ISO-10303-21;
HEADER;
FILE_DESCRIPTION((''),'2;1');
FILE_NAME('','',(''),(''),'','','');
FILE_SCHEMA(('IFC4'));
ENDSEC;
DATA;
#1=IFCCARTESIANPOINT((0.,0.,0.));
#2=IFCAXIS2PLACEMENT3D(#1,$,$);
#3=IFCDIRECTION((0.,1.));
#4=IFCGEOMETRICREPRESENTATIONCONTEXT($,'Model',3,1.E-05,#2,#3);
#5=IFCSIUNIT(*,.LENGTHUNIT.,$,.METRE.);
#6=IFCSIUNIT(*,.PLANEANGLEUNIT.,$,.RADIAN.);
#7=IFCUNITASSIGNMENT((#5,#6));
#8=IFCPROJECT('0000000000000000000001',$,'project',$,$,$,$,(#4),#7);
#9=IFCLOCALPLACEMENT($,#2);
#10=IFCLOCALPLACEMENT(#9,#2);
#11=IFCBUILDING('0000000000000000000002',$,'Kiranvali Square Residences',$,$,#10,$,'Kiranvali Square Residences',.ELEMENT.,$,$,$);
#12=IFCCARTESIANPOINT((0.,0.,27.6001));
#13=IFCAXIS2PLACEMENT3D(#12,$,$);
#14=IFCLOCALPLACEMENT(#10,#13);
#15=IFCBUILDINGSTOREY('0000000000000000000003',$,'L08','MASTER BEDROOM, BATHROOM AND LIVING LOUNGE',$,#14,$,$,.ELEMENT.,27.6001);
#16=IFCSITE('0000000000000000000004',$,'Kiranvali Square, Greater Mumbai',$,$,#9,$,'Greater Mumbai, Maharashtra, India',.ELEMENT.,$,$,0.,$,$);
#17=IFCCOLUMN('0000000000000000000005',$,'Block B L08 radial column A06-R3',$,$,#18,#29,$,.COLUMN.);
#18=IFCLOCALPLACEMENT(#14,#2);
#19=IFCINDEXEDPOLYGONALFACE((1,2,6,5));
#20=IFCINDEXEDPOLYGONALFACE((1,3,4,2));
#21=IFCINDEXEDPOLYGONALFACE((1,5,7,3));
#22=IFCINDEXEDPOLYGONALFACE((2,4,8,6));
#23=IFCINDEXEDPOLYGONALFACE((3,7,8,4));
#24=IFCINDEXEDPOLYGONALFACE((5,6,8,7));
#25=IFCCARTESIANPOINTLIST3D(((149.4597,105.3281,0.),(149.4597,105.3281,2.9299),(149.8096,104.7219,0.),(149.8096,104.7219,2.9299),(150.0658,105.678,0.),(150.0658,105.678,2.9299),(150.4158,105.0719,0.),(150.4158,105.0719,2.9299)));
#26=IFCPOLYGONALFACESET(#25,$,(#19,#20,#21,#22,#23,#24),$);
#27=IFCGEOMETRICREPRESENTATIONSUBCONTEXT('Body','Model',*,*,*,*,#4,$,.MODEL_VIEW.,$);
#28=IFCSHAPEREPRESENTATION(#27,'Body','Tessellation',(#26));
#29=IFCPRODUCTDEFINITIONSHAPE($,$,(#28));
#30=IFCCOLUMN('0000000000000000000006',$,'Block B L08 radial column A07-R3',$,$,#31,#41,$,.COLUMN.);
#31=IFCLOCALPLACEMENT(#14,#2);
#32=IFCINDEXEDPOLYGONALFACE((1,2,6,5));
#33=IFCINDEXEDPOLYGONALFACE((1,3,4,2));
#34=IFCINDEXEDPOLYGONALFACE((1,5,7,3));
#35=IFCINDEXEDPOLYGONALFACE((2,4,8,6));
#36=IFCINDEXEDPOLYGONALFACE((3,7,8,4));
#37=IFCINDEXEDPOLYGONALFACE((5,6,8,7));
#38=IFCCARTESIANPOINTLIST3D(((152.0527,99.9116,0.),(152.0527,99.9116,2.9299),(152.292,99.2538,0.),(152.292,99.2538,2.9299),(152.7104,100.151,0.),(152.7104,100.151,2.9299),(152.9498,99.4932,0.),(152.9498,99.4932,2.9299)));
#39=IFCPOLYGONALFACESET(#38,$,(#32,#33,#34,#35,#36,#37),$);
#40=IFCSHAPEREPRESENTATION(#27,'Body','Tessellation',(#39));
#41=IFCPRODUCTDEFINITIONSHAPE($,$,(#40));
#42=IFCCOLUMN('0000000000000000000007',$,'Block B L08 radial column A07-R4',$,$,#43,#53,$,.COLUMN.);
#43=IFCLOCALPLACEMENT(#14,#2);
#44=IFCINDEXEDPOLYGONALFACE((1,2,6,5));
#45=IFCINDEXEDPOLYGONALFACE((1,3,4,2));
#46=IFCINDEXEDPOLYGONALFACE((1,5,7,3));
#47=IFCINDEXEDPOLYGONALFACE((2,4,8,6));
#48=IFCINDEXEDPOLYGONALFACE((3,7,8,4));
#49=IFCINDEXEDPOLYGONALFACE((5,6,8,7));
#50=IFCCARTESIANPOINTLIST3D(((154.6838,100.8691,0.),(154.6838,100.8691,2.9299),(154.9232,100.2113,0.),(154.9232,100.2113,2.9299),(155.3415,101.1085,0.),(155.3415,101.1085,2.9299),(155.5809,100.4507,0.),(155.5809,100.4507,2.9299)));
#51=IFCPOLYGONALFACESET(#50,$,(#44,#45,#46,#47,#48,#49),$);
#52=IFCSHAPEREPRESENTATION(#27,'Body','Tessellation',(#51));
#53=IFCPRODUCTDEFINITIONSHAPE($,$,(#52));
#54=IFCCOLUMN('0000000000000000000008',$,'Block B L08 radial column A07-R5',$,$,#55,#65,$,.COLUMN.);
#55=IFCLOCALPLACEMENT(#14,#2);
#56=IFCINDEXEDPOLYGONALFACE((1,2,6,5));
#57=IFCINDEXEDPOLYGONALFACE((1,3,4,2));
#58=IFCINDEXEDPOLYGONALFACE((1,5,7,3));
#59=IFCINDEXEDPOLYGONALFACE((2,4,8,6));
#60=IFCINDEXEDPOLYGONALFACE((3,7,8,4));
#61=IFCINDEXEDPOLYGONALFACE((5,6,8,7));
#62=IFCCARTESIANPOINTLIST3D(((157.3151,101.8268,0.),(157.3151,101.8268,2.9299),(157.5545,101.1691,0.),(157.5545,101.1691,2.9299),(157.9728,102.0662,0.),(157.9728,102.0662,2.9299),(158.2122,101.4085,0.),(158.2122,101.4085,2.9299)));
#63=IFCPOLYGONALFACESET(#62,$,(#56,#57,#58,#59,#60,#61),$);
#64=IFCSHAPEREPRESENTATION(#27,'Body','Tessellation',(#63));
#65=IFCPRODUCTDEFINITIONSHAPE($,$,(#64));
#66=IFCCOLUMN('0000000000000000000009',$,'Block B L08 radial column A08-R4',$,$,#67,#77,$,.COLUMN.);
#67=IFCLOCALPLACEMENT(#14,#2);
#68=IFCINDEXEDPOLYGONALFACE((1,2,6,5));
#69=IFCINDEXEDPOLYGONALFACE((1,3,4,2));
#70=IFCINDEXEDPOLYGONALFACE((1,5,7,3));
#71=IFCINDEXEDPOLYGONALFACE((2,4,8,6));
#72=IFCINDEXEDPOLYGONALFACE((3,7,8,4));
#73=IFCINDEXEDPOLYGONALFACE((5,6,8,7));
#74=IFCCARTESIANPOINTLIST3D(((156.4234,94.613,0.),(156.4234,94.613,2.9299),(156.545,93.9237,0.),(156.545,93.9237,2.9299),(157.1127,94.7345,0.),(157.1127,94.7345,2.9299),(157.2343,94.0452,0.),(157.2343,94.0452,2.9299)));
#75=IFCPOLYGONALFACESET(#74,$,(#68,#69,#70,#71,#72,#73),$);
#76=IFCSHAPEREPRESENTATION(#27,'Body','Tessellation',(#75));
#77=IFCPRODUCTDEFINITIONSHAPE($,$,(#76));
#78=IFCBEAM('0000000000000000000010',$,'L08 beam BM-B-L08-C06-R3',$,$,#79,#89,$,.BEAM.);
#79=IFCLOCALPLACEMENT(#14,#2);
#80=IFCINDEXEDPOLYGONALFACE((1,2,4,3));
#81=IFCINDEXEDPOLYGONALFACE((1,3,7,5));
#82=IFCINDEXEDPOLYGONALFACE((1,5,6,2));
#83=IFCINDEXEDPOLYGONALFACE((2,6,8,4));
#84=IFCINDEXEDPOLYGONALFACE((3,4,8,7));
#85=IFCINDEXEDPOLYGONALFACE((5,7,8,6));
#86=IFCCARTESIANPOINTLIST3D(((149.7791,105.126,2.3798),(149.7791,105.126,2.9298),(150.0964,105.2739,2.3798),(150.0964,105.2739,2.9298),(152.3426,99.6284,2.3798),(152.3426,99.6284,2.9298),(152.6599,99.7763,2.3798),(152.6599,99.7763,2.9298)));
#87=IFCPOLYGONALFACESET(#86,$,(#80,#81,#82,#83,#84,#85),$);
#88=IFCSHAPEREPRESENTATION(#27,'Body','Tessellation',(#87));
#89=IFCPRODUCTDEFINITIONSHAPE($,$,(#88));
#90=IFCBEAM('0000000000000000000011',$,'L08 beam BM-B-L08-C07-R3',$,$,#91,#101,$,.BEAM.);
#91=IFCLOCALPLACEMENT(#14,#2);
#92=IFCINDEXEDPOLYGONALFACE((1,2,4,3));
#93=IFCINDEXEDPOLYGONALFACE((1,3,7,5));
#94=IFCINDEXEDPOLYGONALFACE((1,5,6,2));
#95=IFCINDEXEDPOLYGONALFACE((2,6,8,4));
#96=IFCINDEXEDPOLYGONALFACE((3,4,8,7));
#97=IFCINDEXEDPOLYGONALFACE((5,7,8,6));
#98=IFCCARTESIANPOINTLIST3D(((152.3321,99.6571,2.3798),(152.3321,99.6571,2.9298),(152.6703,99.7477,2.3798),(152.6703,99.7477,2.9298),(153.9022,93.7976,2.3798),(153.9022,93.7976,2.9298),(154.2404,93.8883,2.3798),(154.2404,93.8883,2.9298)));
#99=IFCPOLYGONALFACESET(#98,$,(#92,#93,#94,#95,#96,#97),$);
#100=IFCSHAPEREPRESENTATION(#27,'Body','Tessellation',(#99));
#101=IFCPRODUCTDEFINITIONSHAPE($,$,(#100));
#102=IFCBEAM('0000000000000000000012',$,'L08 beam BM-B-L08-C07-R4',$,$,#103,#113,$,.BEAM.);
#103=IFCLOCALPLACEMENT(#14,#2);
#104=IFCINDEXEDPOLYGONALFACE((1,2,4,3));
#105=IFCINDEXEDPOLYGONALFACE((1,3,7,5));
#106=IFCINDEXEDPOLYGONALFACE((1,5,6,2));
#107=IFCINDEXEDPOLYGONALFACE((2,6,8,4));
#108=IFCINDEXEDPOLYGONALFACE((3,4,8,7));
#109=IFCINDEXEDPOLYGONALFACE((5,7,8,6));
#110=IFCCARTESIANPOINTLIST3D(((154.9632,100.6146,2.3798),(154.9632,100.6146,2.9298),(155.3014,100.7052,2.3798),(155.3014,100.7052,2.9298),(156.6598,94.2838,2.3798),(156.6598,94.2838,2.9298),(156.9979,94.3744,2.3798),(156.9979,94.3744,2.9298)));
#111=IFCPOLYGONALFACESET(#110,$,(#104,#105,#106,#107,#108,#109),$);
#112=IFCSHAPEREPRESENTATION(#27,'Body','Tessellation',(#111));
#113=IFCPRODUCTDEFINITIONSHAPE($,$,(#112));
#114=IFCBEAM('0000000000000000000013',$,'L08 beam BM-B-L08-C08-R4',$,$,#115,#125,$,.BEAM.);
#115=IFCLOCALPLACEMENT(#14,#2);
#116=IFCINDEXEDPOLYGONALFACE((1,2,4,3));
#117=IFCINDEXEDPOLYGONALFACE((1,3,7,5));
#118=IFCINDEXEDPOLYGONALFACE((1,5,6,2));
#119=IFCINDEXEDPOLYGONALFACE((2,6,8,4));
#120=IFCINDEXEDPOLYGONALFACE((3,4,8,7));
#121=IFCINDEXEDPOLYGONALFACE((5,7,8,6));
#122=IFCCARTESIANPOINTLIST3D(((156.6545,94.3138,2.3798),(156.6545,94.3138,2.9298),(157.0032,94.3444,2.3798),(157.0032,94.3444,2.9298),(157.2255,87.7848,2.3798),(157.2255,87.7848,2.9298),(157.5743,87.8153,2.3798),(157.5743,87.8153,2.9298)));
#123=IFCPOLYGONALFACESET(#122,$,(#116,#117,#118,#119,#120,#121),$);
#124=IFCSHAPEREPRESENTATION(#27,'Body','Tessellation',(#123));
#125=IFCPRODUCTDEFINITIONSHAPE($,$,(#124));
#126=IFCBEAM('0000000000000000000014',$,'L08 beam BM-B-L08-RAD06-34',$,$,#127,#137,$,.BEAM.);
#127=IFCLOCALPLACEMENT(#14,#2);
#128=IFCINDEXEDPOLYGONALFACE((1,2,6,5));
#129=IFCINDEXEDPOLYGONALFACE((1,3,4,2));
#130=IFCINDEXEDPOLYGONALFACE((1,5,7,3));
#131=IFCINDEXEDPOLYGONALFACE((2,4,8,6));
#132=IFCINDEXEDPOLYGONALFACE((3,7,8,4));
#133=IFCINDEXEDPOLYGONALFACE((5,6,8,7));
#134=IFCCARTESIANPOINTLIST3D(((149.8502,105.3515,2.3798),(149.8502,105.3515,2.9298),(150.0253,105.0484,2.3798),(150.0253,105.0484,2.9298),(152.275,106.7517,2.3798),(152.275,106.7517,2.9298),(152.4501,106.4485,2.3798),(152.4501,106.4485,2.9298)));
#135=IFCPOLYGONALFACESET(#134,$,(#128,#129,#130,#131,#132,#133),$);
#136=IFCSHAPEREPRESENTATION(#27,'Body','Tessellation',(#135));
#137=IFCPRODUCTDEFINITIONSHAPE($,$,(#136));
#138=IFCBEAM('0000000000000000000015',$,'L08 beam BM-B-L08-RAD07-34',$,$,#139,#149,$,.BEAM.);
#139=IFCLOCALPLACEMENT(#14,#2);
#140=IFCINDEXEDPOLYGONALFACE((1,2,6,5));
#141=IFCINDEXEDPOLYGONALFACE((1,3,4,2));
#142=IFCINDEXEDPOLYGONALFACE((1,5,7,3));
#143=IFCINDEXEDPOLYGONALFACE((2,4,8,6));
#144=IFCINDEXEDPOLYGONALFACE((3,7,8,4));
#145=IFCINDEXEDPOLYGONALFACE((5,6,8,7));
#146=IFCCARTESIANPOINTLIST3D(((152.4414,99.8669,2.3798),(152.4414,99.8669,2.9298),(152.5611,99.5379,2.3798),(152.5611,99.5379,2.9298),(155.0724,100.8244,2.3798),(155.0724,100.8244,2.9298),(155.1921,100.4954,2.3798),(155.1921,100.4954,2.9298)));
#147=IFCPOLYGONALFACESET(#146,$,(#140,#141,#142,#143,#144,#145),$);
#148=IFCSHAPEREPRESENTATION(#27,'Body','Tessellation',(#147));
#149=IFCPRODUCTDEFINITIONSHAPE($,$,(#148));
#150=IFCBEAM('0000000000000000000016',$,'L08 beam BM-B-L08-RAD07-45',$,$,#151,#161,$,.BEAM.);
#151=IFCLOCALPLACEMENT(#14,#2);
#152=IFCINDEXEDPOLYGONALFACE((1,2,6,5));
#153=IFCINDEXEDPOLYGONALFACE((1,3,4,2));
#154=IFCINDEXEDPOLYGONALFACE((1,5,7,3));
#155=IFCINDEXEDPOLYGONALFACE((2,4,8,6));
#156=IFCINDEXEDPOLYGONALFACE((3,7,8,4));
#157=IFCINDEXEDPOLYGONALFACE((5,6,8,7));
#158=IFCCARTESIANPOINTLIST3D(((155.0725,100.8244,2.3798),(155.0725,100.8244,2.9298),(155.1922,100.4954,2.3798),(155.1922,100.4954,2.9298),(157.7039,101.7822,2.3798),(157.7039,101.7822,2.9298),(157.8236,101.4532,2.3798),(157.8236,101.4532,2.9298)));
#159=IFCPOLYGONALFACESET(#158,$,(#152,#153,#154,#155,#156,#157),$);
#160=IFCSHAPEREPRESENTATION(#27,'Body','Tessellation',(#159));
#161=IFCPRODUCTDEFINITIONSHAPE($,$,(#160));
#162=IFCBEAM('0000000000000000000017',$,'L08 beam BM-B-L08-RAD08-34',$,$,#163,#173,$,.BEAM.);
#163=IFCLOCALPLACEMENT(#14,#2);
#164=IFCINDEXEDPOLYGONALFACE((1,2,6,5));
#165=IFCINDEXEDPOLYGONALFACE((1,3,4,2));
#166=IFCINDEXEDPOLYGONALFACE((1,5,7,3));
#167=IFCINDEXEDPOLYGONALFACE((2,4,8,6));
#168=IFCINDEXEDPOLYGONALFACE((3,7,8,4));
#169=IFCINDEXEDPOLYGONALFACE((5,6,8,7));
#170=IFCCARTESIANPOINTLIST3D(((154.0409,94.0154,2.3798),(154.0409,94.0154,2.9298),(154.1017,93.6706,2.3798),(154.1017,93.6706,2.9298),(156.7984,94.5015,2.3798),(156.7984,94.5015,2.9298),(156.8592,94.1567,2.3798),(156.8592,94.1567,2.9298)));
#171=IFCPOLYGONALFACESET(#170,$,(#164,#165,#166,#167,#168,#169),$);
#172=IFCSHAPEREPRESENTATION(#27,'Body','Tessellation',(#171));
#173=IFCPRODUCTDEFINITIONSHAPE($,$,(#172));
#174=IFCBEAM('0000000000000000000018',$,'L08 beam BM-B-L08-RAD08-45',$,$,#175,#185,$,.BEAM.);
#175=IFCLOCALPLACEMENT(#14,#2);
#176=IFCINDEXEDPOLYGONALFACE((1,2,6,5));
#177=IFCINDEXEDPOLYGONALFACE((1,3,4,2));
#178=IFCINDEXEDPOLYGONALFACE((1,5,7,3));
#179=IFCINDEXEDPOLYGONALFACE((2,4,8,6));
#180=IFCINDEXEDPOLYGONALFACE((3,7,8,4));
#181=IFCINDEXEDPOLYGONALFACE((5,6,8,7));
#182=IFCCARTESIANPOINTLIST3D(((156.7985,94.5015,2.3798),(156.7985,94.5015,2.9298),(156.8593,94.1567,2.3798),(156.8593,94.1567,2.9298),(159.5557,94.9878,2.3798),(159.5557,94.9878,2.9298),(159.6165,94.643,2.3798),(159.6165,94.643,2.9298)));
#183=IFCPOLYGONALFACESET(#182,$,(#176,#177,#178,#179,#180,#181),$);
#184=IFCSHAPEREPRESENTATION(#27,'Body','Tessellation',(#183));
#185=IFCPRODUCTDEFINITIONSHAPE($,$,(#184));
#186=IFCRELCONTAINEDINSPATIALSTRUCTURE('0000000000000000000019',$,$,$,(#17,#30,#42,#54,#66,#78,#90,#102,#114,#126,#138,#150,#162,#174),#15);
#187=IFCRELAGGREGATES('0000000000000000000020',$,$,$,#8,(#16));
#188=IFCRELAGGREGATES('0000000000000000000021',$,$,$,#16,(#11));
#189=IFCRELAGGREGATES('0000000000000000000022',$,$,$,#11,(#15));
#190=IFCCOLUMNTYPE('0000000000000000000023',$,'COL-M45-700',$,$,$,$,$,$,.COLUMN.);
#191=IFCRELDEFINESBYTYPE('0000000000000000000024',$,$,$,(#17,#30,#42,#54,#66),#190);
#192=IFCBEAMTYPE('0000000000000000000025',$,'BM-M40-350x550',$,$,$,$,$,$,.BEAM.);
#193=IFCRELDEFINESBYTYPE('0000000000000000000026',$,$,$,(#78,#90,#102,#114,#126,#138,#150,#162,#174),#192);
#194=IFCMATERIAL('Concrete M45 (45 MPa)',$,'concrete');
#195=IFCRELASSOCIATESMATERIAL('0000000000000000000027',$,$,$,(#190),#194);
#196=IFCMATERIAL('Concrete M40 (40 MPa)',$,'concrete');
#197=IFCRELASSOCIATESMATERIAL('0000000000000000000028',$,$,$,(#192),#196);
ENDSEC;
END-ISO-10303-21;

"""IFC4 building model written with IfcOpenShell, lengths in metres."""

from ifc_helpers import new_model, si_unit, direction, frame, origin, origin_2d, place, context, subcontext, project, spatial, rectangle, extrude, material, material_profile, profile_set, type_object, element, save


model = new_model("IFC4")

# Units and contexts
model_context = context("Model", 3, precision=1e-05, world=origin(), true_north=direction((0.0, 1.0)))
body_context = subcontext(model_context, "Body", "Model", "MODEL_VIEW")
ifc_project = project(units=[si_unit("LENGTHUNIT", "METRE"), si_unit("PLANEANGLEUNIT", "RADIAN")], contexts=[model_context])

# Site, building, storey
site_placement = place(None, origin())
site = spatial("IfcSite", under=ifc_project, at=site_placement, Name="Kiranvali Square, Greater Mumbai", LongName="Greater Mumbai, Maharashtra, India", CompositionType="ELEMENT", RefElevation=0.0)
building_placement = place(site_placement, origin())
building = spatial("IfcBuilding", under=site, at=building_placement, Name="Kiranvali Square Residences", LongName="Kiranvali Square Residences", CompositionType="ELEMENT")
storey_placement = place(building_placement, frame((0.0, 0.0, 27.6001)))
storey = spatial("IfcBuildingStorey", under=building, at=storey_placement, Name="L08", Description="MASTER BEDROOM, BATHROOM AND LIVING LOUNGE", CompositionType="ELEMENT", Elevation=27.6001)

# Columns
ifc_material_1 = material(Name="Concrete M45 (45 MPa)", Category="concrete")
ifc_material_profile_1 = material_profile(ifc_material_1, rectangle(XDim=0.7, YDim=0.7, at=origin_2d()), Name="RC 700x700")
ifc_profile_set_1 = profile_set([ifc_material_profile_1], Name="Concrete M45 (45 MPa)")
column_type = type_object("IfcColumnType", Name="COL-M45-700", PredefinedType="COLUMN", material=ifc_profile_set_1)
for number, where, z_axis, x_axis, name in (
    (1, (149.9377, 105.2, 0.0), (0.0, 0.0, 1.0), (-0.5, 0.866025, 0.0), "Block B L08 radial column A06-R3"),
    (2, (152.5012, 99.7024, 0.0), (0.0, 0.0, 1.0), (-0.34202, 0.939693, 0.0), "Block B L08 radial column A07-R3"),
    (3, (155.1323, 100.6599, 0.0), (0.0, 0.0, 1.0), (-0.34202, 0.939693, 0.0), "Block B L08 radial column A07-R4"),
    (4, (157.7637, 101.6177, 0.0), (0.0, 0.0, 1.0), (-0.34202, 0.939693, 0.0), "Block B L08 radial column A07-R5"),
    (5, (156.8289, 94.3291, 0.0), (0.0, 0.0, 1.0), (-0.173648, 0.984808, 0.0), "Block B L08 radial column A08-R4"),
):
    element("IfcColumn", number, at=place(storey_placement, frame(where, z_axis=z_axis, x_axis=x_axis)), inside=storey, type_object=column_type, Name=name, PredefinedType="COLUMN", context=body_context, shape_type="SweptSolid", body=[
        extrude(rectangle(XDim=0.7, YDim=0.7, at=origin_2d()), origin(), (0.0, 0.0, 1.0), 2.9299),
    ])

# Beams
ifc_material_2 = material(Name="Concrete M40 (40 MPa)", Category="concrete")
ifc_material_profile_2 = material_profile(ifc_material_2, rectangle(XDim=0.3501, YDim=0.55, at=origin_2d()), Name="RC 350x550")
ifc_profile_set_2 = profile_set([ifc_material_profile_2], Name="Concrete M40 (40 MPa)")
beam_type = type_object("IfcBeamType", Name="BM-M40-350x550", PredefinedType="BEAM", material=ifc_profile_set_2)
beam_1_placement = place(storey_placement, frame((149.9377, 105.2, 2.6548), z_axis=(0.422608, -0.906313, 0.0), x_axis=(0.906313, 0.422608, 0.0)))
element("IfcBeam", 6, at=beam_1_placement, inside=storey, type_object=beam_type, Name="L08 beam BM-B-L08-C06-R3", PredefinedType="BEAM", context=body_context, shape_type="SweptSolid", body=[
    extrude(rectangle(XDim=0.3501, YDim=0.55, at=origin_2d()), origin(), (0.0, 0.0, 1.0), 6.0659),
])
beam_2_placement = place(storey_placement, frame((152.5012, 99.7024, 2.6548), z_axis=(0.258827, -0.965924, 0.0), x_axis=(0.965924, 0.258827, 0.0)))
element("IfcBeam", 7, at=beam_2_placement, inside=storey, type_object=beam_type, Name="L08 beam BM-B-L08-C07-R3", PredefinedType="BEAM", context=body_context, shape_type="SweptSolid", body=[
    extrude(rectangle(XDim=0.3501, YDim=0.55, at=origin_2d()), origin(), (0.0, 0.0, 1.0), 6.0662),
])
beam_3_placement = place(storey_placement, frame((155.1323, 100.6599, 2.6548), z_axis=(0.258847, -0.965918, 0.0), x_axis=(0.965918, 0.258847, 0.0)))
element("IfcBeam", 8, at=beam_3_placement, inside=storey, type_object=beam_type, Name="L08 beam BM-B-L08-C07-R4", PredefinedType="BEAM", context=body_context, shape_type="SweptSolid", body=[
    extrude(rectangle(XDim=0.3501, YDim=0.55, at=origin_2d()), origin(), (0.0, 0.0, 1.0), 6.5542),
])
beam_4_placement = place(storey_placement, frame((156.8289, 94.3291, 2.6548), z_axis=(0.08713, -0.996197, 0.0), x_axis=(0.996197, 0.08713, 0.0)))
element("IfcBeam", 9, at=beam_4_placement, inside=storey, type_object=beam_type, Name="L08 beam BM-B-L08-C08-R4", PredefinedType="BEAM", context=body_context, shape_type="SweptSolid", body=[
    extrude(rectangle(XDim=0.3501, YDim=0.55, at=origin_2d()), origin(), (0.0, 0.0, 1.0), 6.554),
])
beam_5_placement = place(storey_placement, frame((149.9377, 105.2, 2.6548), z_axis=(0.865997, 0.50005, 0.0), x_axis=(-0.50005, 0.865997, 0.0)))
element("IfcBeam", 10, at=beam_5_placement, inside=storey, type_object=beam_type, Name="L08 beam BM-B-L08-RAD06-34", PredefinedType="BEAM", context=body_context, shape_type="SweptSolid", body=[
    extrude(rectangle(XDim=0.3501, YDim=0.55, at=origin_2d()), origin(), (0.0, 0.0, 1.0), 2.8),
])
beam_6_placement = place(storey_placement, frame((152.5012, 99.7024, 2.6548), z_axis=(0.939707, 0.341981, 0.0), x_axis=(-0.341981, 0.939707, 0.0)))
element("IfcBeam", 11, at=beam_6_placement, inside=storey, type_object=beam_type, Name="L08 beam BM-B-L08-RAD07-34", PredefinedType="BEAM", context=body_context, shape_type="SweptSolid", body=[
    extrude(rectangle(XDim=0.3501, YDim=0.55, at=origin_2d()), origin(), (0.0, 0.0, 1.0), 2.7998),
])
beam_7_placement = place(storey_placement, frame((155.1323, 100.6599, 2.6548), z_axis=(0.939689, 0.34203, 0.0), x_axis=(-0.34203, 0.939689, 0.0)))
element("IfcBeam", 12, at=beam_7_placement, inside=storey, type_object=beam_type, Name="L08 beam BM-B-L08-RAD07-45", PredefinedType="BEAM", context=body_context, shape_type="SweptSolid", body=[
    extrude(rectangle(XDim=0.3501, YDim=0.55, at=origin_2d()), origin(), (0.0, 0.0, 1.0), 2.8003),
])
beam_8_placement = place(storey_placement, frame((154.0713, 93.843, 2.6548), z_axis=(0.984817, 0.173596, 0.0), x_axis=(-0.173596, 0.984817, 0.0)))
element("IfcBeam", 13, at=beam_8_placement, inside=storey, type_object=beam_type, Name="L08 beam BM-B-L08-RAD08-34", PredefinedType="BEAM", context=body_context, shape_type="SweptSolid", body=[
    extrude(rectangle(XDim=0.3501, YDim=0.55, at=origin_2d()), origin(), (0.0, 0.0, 1.0), 2.8),
])
beam_9_placement = place(storey_placement, frame((156.8289, 94.3291, 2.6548), z_axis=(0.984799, 0.173696, 0.0), x_axis=(-0.173696, 0.984799, 0.0)))
element("IfcBeam", 14, at=beam_9_placement, inside=storey, type_object=beam_type, Name="L08 beam BM-B-L08-RAD08-45", PredefinedType="BEAM", context=body_context, shape_type="SweptSolid", body=[
    extrude(rectangle(XDim=0.3501, YDim=0.55, at=origin_2d()), origin(), (0.0, 0.0, 1.0), 2.7998),
])

save(model, "model.ifc")
